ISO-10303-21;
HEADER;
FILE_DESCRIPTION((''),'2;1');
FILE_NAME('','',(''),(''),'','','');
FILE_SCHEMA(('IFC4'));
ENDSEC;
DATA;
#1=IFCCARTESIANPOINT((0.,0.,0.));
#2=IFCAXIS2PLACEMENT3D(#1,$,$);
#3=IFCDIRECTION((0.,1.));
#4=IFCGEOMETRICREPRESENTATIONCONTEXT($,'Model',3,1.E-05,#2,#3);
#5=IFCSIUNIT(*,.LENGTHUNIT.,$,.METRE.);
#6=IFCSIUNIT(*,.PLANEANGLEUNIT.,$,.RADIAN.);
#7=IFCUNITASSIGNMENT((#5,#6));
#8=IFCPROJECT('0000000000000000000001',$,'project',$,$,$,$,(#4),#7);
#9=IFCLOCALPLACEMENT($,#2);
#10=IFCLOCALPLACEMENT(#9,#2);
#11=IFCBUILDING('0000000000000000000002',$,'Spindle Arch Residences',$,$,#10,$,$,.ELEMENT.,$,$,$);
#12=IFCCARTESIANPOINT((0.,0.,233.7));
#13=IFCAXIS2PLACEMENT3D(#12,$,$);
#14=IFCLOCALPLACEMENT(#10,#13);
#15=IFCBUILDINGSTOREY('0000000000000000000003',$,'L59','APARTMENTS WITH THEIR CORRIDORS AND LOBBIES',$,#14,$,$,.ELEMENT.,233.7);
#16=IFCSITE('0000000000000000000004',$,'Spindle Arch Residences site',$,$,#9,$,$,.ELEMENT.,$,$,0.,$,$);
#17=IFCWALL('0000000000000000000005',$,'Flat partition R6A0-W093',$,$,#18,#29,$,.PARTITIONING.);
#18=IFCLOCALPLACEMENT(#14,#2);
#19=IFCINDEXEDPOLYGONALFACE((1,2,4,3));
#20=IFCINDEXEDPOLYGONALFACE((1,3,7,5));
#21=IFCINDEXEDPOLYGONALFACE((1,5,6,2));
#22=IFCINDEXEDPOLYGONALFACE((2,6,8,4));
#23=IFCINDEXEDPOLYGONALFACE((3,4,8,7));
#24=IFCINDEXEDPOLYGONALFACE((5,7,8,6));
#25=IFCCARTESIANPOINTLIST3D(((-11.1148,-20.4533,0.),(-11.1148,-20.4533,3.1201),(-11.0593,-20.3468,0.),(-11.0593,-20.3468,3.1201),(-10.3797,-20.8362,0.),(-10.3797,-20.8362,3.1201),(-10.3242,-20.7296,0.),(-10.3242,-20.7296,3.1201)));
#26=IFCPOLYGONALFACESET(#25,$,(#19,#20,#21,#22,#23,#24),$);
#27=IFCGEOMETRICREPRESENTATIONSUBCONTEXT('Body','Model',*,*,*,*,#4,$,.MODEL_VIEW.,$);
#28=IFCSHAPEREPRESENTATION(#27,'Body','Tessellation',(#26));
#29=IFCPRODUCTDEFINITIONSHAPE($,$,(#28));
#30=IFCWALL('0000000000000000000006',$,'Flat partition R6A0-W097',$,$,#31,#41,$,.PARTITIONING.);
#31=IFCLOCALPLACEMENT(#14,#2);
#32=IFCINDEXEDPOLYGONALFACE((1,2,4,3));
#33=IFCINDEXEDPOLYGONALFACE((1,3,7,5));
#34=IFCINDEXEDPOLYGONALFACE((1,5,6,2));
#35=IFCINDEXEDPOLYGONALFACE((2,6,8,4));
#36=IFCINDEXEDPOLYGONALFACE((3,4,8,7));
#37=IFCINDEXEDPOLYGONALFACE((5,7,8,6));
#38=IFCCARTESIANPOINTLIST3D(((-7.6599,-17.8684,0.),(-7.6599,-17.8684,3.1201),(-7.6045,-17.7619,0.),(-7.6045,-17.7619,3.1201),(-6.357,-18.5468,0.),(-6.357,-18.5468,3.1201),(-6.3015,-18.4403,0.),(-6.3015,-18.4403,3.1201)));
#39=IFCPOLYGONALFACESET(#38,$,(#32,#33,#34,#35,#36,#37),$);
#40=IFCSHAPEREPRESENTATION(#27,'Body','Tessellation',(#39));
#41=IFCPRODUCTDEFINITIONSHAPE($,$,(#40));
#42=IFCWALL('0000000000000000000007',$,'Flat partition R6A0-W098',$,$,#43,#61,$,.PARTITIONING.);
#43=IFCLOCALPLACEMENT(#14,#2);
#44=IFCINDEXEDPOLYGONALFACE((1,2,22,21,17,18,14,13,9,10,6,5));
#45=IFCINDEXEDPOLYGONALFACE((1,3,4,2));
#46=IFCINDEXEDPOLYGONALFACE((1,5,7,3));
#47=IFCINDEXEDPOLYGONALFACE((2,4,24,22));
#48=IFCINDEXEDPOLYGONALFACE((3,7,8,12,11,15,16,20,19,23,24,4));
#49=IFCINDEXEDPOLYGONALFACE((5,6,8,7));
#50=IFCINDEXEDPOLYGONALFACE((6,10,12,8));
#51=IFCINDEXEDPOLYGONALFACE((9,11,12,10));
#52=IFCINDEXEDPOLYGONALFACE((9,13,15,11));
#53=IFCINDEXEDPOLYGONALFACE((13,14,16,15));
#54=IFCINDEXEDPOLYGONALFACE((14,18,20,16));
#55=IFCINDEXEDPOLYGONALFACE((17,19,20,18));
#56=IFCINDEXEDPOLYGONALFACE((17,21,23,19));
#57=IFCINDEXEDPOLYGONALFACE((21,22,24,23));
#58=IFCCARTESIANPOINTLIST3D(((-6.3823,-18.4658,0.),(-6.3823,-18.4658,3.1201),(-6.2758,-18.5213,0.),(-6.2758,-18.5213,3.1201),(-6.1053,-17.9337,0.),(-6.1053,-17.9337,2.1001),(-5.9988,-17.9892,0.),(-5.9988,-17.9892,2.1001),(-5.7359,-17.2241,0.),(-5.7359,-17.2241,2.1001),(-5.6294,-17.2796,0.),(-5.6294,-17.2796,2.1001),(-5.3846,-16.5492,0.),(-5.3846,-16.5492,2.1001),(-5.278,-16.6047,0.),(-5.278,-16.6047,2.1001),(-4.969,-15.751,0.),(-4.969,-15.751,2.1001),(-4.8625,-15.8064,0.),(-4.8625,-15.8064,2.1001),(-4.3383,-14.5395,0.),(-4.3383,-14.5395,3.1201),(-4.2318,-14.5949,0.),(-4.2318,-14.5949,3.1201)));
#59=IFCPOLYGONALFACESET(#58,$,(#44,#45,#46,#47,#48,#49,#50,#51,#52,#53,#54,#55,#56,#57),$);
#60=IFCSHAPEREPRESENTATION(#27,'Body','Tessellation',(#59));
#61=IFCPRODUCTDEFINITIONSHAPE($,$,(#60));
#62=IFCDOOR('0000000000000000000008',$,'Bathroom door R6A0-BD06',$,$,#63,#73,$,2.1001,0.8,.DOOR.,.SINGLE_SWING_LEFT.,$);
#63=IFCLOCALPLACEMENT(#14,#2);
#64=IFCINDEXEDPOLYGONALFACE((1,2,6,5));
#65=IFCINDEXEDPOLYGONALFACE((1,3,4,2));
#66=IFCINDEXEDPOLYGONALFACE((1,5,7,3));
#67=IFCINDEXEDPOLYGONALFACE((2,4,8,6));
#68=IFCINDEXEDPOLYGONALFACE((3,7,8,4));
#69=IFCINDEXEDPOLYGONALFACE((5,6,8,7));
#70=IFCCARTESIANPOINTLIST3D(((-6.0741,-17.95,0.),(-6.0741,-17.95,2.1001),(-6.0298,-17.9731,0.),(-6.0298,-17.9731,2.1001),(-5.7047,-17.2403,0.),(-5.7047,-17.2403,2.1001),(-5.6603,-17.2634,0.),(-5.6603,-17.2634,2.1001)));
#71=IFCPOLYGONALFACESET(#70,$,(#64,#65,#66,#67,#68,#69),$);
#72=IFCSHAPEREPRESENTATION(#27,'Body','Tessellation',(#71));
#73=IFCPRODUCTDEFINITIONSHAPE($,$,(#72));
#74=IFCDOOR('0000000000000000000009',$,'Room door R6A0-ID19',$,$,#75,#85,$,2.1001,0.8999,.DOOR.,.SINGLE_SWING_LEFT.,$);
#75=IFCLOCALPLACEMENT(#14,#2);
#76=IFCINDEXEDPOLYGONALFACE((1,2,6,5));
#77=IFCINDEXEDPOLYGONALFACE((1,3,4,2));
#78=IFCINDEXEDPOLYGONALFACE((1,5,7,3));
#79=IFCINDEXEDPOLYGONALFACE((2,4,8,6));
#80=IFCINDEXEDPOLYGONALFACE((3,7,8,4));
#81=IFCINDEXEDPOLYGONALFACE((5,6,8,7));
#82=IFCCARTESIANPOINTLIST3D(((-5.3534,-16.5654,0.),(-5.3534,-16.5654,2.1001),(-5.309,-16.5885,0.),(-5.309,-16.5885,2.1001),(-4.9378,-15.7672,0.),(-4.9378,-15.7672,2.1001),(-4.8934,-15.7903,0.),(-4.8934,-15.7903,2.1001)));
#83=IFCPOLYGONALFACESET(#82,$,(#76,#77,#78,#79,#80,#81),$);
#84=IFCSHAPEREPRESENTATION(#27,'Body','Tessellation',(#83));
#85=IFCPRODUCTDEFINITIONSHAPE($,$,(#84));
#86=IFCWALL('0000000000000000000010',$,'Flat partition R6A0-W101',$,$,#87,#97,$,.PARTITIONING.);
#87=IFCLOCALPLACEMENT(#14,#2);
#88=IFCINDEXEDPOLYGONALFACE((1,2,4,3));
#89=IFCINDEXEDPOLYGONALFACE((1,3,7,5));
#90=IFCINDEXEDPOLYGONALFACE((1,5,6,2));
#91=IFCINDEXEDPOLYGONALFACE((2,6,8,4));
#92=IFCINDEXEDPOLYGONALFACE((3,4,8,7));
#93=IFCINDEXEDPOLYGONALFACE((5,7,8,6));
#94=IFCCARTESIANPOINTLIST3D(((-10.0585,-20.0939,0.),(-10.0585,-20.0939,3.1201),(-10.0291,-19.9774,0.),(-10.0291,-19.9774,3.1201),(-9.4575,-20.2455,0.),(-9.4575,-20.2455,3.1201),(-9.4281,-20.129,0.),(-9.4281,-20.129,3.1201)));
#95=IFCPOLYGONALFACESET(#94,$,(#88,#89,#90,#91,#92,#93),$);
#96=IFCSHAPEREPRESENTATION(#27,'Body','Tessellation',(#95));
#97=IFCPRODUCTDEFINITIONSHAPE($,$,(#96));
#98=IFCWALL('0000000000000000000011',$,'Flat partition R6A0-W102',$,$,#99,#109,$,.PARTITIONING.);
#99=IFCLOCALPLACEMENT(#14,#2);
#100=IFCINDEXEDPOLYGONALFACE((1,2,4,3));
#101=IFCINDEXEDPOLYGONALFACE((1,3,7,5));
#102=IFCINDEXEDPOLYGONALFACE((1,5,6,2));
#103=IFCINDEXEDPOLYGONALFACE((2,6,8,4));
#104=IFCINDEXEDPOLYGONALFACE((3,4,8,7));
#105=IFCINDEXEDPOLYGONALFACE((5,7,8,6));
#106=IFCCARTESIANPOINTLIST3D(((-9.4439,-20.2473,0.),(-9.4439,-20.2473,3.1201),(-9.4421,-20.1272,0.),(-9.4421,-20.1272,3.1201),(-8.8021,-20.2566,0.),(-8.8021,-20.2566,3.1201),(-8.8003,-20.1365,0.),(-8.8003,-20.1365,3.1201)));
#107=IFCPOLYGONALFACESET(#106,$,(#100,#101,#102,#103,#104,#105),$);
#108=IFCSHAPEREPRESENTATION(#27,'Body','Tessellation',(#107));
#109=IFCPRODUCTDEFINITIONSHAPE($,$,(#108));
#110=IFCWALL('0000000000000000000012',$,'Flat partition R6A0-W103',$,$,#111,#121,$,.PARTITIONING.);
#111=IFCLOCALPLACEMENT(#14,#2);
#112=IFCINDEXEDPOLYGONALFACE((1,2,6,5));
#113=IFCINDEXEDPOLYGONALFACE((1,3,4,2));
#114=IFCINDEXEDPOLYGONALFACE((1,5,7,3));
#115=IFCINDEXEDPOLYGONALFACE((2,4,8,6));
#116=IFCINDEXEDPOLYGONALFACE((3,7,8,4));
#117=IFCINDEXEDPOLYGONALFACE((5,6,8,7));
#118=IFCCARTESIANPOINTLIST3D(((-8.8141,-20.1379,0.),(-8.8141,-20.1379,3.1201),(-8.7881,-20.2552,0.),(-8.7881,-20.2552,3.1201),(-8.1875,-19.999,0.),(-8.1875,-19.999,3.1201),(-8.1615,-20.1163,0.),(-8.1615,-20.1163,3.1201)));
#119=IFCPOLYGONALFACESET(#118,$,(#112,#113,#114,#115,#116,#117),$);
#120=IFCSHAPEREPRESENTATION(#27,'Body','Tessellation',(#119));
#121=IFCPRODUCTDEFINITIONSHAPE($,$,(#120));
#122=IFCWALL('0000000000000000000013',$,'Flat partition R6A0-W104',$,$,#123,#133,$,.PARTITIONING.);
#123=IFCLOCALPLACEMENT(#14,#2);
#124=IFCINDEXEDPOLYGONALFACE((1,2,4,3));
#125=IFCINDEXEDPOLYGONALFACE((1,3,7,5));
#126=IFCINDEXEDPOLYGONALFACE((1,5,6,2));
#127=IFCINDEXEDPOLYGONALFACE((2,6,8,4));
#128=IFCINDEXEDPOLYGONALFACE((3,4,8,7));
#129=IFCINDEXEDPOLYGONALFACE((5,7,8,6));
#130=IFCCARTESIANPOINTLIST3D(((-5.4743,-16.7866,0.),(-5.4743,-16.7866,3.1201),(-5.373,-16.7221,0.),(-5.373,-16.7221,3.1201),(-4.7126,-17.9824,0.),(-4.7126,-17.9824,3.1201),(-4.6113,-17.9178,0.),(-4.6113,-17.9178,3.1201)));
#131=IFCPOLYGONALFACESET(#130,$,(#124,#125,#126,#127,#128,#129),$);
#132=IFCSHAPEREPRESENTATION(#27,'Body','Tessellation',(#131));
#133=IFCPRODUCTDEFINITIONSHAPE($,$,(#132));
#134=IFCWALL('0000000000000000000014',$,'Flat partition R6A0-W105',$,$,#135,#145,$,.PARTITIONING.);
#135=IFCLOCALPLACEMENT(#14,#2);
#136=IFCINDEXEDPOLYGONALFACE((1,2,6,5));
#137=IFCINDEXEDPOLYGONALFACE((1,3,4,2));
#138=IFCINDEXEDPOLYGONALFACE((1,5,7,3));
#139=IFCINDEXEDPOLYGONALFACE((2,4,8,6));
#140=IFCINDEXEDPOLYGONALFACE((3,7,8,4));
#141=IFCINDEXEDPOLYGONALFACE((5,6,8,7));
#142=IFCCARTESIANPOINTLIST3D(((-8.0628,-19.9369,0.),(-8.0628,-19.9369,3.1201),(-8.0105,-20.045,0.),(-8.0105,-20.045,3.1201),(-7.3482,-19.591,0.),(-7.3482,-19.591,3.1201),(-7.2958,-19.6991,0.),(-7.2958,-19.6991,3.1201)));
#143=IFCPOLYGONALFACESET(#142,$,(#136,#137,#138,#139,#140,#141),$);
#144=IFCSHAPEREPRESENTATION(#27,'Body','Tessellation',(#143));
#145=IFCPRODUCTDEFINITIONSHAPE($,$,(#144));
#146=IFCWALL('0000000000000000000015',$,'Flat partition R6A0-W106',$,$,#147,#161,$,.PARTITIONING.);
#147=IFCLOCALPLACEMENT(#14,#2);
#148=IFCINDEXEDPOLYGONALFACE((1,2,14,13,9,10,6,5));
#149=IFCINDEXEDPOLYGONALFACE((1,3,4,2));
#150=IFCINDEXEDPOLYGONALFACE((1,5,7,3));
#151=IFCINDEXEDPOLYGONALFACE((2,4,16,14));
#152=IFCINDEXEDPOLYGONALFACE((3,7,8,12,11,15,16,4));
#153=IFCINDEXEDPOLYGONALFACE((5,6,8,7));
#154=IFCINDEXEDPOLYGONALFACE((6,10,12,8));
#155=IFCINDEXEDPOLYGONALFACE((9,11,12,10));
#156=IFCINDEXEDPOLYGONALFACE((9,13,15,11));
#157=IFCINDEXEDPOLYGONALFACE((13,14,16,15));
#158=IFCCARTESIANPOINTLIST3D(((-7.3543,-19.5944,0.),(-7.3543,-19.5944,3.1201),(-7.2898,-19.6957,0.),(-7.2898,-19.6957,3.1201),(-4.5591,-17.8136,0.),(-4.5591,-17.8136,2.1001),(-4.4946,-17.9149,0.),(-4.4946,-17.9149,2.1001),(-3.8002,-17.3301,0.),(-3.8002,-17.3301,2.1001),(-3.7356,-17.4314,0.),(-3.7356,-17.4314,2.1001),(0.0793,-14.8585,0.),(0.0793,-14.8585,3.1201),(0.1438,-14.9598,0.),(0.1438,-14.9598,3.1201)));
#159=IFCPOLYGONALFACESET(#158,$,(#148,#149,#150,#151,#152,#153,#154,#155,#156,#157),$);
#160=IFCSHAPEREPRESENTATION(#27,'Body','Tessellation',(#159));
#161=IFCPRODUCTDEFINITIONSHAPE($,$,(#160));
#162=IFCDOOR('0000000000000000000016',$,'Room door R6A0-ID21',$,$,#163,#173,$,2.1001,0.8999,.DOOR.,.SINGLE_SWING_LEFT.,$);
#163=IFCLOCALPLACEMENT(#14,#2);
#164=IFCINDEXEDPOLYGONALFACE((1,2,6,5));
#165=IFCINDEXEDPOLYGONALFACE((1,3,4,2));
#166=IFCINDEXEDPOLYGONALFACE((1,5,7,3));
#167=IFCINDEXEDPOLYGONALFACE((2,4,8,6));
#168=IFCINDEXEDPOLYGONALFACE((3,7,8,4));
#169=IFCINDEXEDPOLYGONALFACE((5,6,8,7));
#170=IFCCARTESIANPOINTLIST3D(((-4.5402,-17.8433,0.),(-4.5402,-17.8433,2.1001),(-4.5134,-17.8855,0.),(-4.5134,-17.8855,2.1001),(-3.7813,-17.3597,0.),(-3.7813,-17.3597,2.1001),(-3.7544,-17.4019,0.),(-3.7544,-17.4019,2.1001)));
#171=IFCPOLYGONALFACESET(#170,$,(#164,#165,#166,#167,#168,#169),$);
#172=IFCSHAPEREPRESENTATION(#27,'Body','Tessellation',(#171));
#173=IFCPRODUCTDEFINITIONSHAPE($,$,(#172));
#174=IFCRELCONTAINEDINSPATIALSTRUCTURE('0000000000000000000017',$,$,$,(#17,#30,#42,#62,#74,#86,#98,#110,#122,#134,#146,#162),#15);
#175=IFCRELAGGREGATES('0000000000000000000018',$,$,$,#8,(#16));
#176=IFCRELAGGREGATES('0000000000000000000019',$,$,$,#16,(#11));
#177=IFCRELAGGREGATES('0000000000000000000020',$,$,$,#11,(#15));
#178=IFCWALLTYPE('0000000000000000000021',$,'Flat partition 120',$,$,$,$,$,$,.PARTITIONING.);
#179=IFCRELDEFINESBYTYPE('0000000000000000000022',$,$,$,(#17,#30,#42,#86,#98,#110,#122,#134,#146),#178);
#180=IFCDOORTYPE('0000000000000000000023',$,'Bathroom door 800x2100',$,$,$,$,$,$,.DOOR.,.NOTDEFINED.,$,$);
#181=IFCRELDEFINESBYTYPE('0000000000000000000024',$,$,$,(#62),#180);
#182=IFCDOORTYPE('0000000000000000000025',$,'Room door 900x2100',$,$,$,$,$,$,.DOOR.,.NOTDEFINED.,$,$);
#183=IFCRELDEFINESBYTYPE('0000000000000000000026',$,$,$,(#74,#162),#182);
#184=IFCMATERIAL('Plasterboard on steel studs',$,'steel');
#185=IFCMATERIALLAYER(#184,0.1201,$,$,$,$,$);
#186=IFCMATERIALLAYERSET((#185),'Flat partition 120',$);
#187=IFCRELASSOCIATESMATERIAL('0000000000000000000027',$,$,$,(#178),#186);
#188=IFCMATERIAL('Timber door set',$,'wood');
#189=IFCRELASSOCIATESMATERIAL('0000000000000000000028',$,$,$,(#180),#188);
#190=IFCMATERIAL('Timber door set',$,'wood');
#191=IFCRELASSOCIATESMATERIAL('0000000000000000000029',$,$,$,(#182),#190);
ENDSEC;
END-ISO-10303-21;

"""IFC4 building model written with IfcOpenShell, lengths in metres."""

from ifc_helpers import new_model, si_unit, direction, frame, frame_2d, origin, place, context, subcontext, project, spatial, rectangle, extrude, material, layer, layer_set, type_object, element, fill, save


model = new_model("IFC4")

# Units and contexts
model_context = context("Model", 3, precision=1e-05, world=origin(), true_north=direction((0.0, 1.0)))
body_context = subcontext(model_context, "Body", "Model", "MODEL_VIEW")
ifc_project = project(units=[si_unit("LENGTHUNIT", "METRE"), si_unit("PLANEANGLEUNIT", "RADIAN")], contexts=[model_context])

# Site, building, storey
site_placement = place(None, origin())
site = spatial("IfcSite", under=ifc_project, at=site_placement, Name="Spindle Arch Residences site", CompositionType="ELEMENT", RefElevation=0.0)
building_placement = place(site_placement, origin())
building = spatial("IfcBuilding", under=site, at=building_placement, Name="Spindle Arch Residences", CompositionType="ELEMENT")
storey_placement = place(building_placement, frame((0.0, 0.0, 233.7)))
storey = spatial("IfcBuildingStorey", under=building, at=storey_placement, Name="L59", Description="APARTMENTS WITH THEIR CORRIDORS AND LOBBIES", CompositionType="ELEMENT", Elevation=233.7)

# Walls
ifc_material_1 = material(Name="Plasterboard on steel studs", Category="steel")
ifc_layer_1 = layer(ifc_material_1, 0.1201)
ifc_layer_set_1 = layer_set([ifc_layer_1], Name="Flat partition 120")
wall_type_1 = type_object("IfcWallType", Name="Flat partition 120", PredefinedType="PARTITIONING", material=ifc_layer_set_1)
wall_1_placement = place(storey_placement, frame((-10.3518, -20.783, 0.0), z_axis=(0.0, 0.0, 1.0), x_axis=(-0.886942, 0.461881, 0.0)))
element("IfcWall", 1, at=wall_1_placement, inside=storey, type_object=wall_type_1, Name="Flat partition R6A0-W093", PredefinedType="PARTITIONING", context=body_context, shape_type="SweptSolid", body=[
    extrude(rectangle(XDim=0.8289, YDim=0.1201, at=frame_2d((0.4146, 0.0))), origin(), (0.0, 0.0, 1.0), 3.1201),
])
wall_2_placement = place(storey_placement, frame((-7.6321, -17.8152, 0.0), z_axis=(0.0, 0.0, 1.0), x_axis=(0.886961, -0.461845, 0.0)))
element("IfcWall", 2, at=wall_2_placement, inside=storey, type_object=wall_type_1, Name="Flat partition R6A0-W097", PredefinedType="PARTITIONING", context=body_context, shape_type="SweptSolid", body=[
    extrude(rectangle(XDim=1.469, YDim=0.1201, at=frame_2d((0.7344, 0.0))), origin(), (0.0, 0.0, 1.0), 3.1201),
])

# Wall, openings, doors
wall_3_placement = place(storey_placement, frame((-6.3291, -18.4937, 0.0), z_axis=(0.0, 0.0, 1.0), x_axis=(0.461759, 0.887005, 0.0)))
wall_3 = element("IfcWall", 3, at=wall_3_placement, inside=storey, type_object=wall_type_1, Name="Flat partition R6A0-W098", PredefinedType="PARTITIONING", context=body_context, shape_type="SweptSolid", body=[
    extrude(rectangle(XDim=4.4265, YDim=0.1201, at=frame_2d((2.2134, 0.0))), origin(), (0.0, 0.0, 1.0), 3.1201),
])
opening_1_placement = place(wall_3_placement, frame((0.6001, 0.0, 0.0)))
opening_1 = element("IfcOpeningElement", 4, at=opening_1_placement, cuts=wall_3, PredefinedType="OPENING", context=body_context, shape_type="SweptSolid", body=[
    extrude(rectangle(XDim=0.8, YDim=2.1001, at=frame_2d((0.3999, 1.05))), frame((0.0, 0.0701, 0.0), z_axis=(0.0, -1.0, 0.0), x_axis=(1.0, 0.0, 0.0)), (0.0, 0.0, 1.0), 0.1401),
])
opening_2_placement = place(wall_3_placement, frame((2.1609, 0.0, 0.0)))
opening_2 = element("IfcOpeningElement", 5, at=opening_2_placement, cuts=wall_3, PredefinedType="OPENING", context=body_context, shape_type="SweptSolid", body=[
    extrude(rectangle(XDim=0.8999, YDim=2.1001, at=frame_2d((0.45, 1.05))), frame((0.0, 0.0701, 0.0), z_axis=(0.0, -1.0, 0.0), x_axis=(1.0, 0.0, 0.0)), (0.0, 0.0, 1.0), 0.1401),
])
ifc_material_2 = material(Name="Timber door set", Category="wood")
door_type_1 = type_object("IfcDoorType", Name="Bathroom door 800x2100", OperationType="NOTDEFINED", PredefinedType="DOOR", material=ifc_material_2)
door_1_placement = place(opening_1_placement, origin())
door_1 = element("IfcDoor", 6, at=door_1_placement, inside=storey, type_object=door_type_1, Name="Bathroom door R6A0-BD06", OperationType="SINGLE_SWING_LEFT", OverallHeight=2.1001, OverallWidth=0.8, PredefinedType="DOOR", context=body_context, shape_type="SweptSolid", body=[
    extrude(rectangle(XDim=0.8, YDim=2.1001, at=frame_2d((0.3999, 1.05))), frame((0.0, 0.0249, 0.0), z_axis=(0.0, -1.0, 0.0), x_axis=(1.0, 0.0, 0.0)), (0.0, 0.0, 1.0), 0.05),
])
fill(opening_1, door_1)
ifc_material_3 = material(Name="Timber door set", Category="wood")
door_type_2 = type_object("IfcDoorType", Name="Room door 900x2100", OperationType="NOTDEFINED", PredefinedType="DOOR", material=ifc_material_3)
door_2_placement = place(opening_2_placement, origin())
door_2 = element("IfcDoor", 7, at=door_2_placement, inside=storey, type_object=door_type_2, Name="Room door R6A0-ID19", OperationType="SINGLE_SWING_LEFT", OverallHeight=2.1001, OverallWidth=0.8999, PredefinedType="DOOR", context=body_context, shape_type="SweptSolid", body=[
    extrude(rectangle(XDim=0.8999, YDim=2.1001, at=frame_2d((0.45, 1.05))), frame((0.0, 0.0249, 0.0), z_axis=(0.0, -1.0, 0.0), x_axis=(1.0, 0.0, 0.0)), (0.0, 0.0, 1.0), 0.05),
])
fill(opening_2, door_2)

# Walls
wall_4_placement = place(storey_placement, frame((-10.0439, -20.0356, 0.0), z_axis=(0.0, 0.0, 1.0), x_axis=(0.969631, -0.244574, 0.0)))
element("IfcWall", 8, at=wall_4_placement, inside=storey, type_object=wall_type_1, Name="Flat partition R6A0-W101", PredefinedType="PARTITIONING", context=body_context, shape_type="SweptSolid", body=[
    extrude(rectangle(XDim=0.6199, YDim=0.1201, at=frame_2d((0.3101, 0.0))), origin(), (0.0, 0.0, 1.0), 3.1201),
])
for number, where, z_axis, x_axis, name in (
    (9, (-9.4429, -20.1873, 0.0), (0.0, 0.0, 1.0), (0.999896, -0.014453, 0.0), "Flat partition R6A0-W102"),
    (10, (-8.801, -20.1965, 0.0), (0.0, 0.0, 1.0), (0.976303, 0.216407, 0.0), "Flat partition R6A0-W103"),
):
    element("IfcWall", number, at=place(storey_placement, frame(where, z_axis=z_axis, x_axis=x_axis)), inside=storey, type_object=wall_type_1, Name=name, PredefinedType="PARTITIONING", context=body_context, shape_type="SweptSolid", body=[
        extrude(rectangle(XDim=0.6418, YDim=0.1201, at=frame_2d((0.3208, 0.0))), origin(), (0.0, 0.0, 1.0), 3.1201),
    ])
wall_5_placement = place(storey_placement, frame((-4.6619, -17.9502, 0.0), z_axis=(0.0, 0.0, 1.0), x_axis=(-0.537254, 0.84342, 0.0)))
element("IfcWall", 11, at=wall_5_placement, inside=storey, type_object=wall_type_1, Name="Flat partition R6A0-W104", PredefinedType="PARTITIONING", context=body_context, shape_type="SweptSolid", body=[
    extrude(rectangle(XDim=1.4177, YDim=0.1201, at=frame_2d((0.709, 0.0))), origin(), (0.0, 0.0, 1.0), 3.1201),
])
wall_6_placement = place(storey_placement, frame((-8.0366, -19.991, 0.0), z_axis=(0.0, 0.0, 1.0), x_axis=(0.900074, 0.435738, 0.0)))
element("IfcWall", 12, at=wall_6_placement, inside=storey, type_object=wall_type_1, Name="Flat partition R6A0-W105", PredefinedType="PARTITIONING", context=body_context, shape_type="SweptSolid", body=[
    extrude(rectangle(XDim=0.7939, YDim=0.1201, at=frame_2d((0.397, 0.0))), origin(), (0.0, 0.0, 1.0), 3.1201),
])

# Wall, opening, door
wall_7_placement = place(storey_placement, frame((-7.322, -19.645, 0.0), z_axis=(0.0, 0.0, 1.0), x_axis=(0.843385, 0.537309, 0.0)))
wall_7 = element("IfcWall", 13, at=wall_7_placement, inside=storey, type_object=wall_type_1, Name="Flat partition R6A0-W106", PredefinedType="PARTITIONING", context=body_context, shape_type="SweptSolid", body=[
    extrude(rectangle(XDim=8.814, YDim=0.1201, at=frame_2d((4.407, 0.0))), origin(), (0.0, 0.0, 1.0), 3.1201),
])
opening_3_placement = place(wall_7_placement, frame((3.3142, 0.0, 0.0)))
opening_3 = element("IfcOpeningElement", 14, at=opening_3_placement, cuts=wall_7, PredefinedType="OPENING", context=body_context, shape_type="SweptSolid", body=[
    extrude(rectangle(XDim=0.8999, YDim=2.1001, at=frame_2d((0.45, 1.05))), frame((0.0, 0.0701, 0.0), z_axis=(0.0, -1.0, 0.0), x_axis=(1.0, 0.0, 0.0)), (0.0, 0.0, 1.0), 0.1401),
])
door_3_placement = place(opening_3_placement, origin())
door_3 = element("IfcDoor", 15, at=door_3_placement, inside=storey, type_object=door_type_2, Name="Room door R6A0-ID21", OperationType="SINGLE_SWING_LEFT", OverallHeight=2.1001, OverallWidth=0.8999, PredefinedType="DOOR", context=body_context, shape_type="SweptSolid", body=[
    extrude(rectangle(XDim=0.8999, YDim=2.1001, at=frame_2d((0.45, 1.05))), frame((0.0, 0.0249, 0.0), z_axis=(0.0, -1.0, 0.0), x_axis=(1.0, 0.0, 0.0)), (0.0, 0.0, 1.0), 0.05),
])
fill(opening_3, door_3)

save(model, "model.ifc")
